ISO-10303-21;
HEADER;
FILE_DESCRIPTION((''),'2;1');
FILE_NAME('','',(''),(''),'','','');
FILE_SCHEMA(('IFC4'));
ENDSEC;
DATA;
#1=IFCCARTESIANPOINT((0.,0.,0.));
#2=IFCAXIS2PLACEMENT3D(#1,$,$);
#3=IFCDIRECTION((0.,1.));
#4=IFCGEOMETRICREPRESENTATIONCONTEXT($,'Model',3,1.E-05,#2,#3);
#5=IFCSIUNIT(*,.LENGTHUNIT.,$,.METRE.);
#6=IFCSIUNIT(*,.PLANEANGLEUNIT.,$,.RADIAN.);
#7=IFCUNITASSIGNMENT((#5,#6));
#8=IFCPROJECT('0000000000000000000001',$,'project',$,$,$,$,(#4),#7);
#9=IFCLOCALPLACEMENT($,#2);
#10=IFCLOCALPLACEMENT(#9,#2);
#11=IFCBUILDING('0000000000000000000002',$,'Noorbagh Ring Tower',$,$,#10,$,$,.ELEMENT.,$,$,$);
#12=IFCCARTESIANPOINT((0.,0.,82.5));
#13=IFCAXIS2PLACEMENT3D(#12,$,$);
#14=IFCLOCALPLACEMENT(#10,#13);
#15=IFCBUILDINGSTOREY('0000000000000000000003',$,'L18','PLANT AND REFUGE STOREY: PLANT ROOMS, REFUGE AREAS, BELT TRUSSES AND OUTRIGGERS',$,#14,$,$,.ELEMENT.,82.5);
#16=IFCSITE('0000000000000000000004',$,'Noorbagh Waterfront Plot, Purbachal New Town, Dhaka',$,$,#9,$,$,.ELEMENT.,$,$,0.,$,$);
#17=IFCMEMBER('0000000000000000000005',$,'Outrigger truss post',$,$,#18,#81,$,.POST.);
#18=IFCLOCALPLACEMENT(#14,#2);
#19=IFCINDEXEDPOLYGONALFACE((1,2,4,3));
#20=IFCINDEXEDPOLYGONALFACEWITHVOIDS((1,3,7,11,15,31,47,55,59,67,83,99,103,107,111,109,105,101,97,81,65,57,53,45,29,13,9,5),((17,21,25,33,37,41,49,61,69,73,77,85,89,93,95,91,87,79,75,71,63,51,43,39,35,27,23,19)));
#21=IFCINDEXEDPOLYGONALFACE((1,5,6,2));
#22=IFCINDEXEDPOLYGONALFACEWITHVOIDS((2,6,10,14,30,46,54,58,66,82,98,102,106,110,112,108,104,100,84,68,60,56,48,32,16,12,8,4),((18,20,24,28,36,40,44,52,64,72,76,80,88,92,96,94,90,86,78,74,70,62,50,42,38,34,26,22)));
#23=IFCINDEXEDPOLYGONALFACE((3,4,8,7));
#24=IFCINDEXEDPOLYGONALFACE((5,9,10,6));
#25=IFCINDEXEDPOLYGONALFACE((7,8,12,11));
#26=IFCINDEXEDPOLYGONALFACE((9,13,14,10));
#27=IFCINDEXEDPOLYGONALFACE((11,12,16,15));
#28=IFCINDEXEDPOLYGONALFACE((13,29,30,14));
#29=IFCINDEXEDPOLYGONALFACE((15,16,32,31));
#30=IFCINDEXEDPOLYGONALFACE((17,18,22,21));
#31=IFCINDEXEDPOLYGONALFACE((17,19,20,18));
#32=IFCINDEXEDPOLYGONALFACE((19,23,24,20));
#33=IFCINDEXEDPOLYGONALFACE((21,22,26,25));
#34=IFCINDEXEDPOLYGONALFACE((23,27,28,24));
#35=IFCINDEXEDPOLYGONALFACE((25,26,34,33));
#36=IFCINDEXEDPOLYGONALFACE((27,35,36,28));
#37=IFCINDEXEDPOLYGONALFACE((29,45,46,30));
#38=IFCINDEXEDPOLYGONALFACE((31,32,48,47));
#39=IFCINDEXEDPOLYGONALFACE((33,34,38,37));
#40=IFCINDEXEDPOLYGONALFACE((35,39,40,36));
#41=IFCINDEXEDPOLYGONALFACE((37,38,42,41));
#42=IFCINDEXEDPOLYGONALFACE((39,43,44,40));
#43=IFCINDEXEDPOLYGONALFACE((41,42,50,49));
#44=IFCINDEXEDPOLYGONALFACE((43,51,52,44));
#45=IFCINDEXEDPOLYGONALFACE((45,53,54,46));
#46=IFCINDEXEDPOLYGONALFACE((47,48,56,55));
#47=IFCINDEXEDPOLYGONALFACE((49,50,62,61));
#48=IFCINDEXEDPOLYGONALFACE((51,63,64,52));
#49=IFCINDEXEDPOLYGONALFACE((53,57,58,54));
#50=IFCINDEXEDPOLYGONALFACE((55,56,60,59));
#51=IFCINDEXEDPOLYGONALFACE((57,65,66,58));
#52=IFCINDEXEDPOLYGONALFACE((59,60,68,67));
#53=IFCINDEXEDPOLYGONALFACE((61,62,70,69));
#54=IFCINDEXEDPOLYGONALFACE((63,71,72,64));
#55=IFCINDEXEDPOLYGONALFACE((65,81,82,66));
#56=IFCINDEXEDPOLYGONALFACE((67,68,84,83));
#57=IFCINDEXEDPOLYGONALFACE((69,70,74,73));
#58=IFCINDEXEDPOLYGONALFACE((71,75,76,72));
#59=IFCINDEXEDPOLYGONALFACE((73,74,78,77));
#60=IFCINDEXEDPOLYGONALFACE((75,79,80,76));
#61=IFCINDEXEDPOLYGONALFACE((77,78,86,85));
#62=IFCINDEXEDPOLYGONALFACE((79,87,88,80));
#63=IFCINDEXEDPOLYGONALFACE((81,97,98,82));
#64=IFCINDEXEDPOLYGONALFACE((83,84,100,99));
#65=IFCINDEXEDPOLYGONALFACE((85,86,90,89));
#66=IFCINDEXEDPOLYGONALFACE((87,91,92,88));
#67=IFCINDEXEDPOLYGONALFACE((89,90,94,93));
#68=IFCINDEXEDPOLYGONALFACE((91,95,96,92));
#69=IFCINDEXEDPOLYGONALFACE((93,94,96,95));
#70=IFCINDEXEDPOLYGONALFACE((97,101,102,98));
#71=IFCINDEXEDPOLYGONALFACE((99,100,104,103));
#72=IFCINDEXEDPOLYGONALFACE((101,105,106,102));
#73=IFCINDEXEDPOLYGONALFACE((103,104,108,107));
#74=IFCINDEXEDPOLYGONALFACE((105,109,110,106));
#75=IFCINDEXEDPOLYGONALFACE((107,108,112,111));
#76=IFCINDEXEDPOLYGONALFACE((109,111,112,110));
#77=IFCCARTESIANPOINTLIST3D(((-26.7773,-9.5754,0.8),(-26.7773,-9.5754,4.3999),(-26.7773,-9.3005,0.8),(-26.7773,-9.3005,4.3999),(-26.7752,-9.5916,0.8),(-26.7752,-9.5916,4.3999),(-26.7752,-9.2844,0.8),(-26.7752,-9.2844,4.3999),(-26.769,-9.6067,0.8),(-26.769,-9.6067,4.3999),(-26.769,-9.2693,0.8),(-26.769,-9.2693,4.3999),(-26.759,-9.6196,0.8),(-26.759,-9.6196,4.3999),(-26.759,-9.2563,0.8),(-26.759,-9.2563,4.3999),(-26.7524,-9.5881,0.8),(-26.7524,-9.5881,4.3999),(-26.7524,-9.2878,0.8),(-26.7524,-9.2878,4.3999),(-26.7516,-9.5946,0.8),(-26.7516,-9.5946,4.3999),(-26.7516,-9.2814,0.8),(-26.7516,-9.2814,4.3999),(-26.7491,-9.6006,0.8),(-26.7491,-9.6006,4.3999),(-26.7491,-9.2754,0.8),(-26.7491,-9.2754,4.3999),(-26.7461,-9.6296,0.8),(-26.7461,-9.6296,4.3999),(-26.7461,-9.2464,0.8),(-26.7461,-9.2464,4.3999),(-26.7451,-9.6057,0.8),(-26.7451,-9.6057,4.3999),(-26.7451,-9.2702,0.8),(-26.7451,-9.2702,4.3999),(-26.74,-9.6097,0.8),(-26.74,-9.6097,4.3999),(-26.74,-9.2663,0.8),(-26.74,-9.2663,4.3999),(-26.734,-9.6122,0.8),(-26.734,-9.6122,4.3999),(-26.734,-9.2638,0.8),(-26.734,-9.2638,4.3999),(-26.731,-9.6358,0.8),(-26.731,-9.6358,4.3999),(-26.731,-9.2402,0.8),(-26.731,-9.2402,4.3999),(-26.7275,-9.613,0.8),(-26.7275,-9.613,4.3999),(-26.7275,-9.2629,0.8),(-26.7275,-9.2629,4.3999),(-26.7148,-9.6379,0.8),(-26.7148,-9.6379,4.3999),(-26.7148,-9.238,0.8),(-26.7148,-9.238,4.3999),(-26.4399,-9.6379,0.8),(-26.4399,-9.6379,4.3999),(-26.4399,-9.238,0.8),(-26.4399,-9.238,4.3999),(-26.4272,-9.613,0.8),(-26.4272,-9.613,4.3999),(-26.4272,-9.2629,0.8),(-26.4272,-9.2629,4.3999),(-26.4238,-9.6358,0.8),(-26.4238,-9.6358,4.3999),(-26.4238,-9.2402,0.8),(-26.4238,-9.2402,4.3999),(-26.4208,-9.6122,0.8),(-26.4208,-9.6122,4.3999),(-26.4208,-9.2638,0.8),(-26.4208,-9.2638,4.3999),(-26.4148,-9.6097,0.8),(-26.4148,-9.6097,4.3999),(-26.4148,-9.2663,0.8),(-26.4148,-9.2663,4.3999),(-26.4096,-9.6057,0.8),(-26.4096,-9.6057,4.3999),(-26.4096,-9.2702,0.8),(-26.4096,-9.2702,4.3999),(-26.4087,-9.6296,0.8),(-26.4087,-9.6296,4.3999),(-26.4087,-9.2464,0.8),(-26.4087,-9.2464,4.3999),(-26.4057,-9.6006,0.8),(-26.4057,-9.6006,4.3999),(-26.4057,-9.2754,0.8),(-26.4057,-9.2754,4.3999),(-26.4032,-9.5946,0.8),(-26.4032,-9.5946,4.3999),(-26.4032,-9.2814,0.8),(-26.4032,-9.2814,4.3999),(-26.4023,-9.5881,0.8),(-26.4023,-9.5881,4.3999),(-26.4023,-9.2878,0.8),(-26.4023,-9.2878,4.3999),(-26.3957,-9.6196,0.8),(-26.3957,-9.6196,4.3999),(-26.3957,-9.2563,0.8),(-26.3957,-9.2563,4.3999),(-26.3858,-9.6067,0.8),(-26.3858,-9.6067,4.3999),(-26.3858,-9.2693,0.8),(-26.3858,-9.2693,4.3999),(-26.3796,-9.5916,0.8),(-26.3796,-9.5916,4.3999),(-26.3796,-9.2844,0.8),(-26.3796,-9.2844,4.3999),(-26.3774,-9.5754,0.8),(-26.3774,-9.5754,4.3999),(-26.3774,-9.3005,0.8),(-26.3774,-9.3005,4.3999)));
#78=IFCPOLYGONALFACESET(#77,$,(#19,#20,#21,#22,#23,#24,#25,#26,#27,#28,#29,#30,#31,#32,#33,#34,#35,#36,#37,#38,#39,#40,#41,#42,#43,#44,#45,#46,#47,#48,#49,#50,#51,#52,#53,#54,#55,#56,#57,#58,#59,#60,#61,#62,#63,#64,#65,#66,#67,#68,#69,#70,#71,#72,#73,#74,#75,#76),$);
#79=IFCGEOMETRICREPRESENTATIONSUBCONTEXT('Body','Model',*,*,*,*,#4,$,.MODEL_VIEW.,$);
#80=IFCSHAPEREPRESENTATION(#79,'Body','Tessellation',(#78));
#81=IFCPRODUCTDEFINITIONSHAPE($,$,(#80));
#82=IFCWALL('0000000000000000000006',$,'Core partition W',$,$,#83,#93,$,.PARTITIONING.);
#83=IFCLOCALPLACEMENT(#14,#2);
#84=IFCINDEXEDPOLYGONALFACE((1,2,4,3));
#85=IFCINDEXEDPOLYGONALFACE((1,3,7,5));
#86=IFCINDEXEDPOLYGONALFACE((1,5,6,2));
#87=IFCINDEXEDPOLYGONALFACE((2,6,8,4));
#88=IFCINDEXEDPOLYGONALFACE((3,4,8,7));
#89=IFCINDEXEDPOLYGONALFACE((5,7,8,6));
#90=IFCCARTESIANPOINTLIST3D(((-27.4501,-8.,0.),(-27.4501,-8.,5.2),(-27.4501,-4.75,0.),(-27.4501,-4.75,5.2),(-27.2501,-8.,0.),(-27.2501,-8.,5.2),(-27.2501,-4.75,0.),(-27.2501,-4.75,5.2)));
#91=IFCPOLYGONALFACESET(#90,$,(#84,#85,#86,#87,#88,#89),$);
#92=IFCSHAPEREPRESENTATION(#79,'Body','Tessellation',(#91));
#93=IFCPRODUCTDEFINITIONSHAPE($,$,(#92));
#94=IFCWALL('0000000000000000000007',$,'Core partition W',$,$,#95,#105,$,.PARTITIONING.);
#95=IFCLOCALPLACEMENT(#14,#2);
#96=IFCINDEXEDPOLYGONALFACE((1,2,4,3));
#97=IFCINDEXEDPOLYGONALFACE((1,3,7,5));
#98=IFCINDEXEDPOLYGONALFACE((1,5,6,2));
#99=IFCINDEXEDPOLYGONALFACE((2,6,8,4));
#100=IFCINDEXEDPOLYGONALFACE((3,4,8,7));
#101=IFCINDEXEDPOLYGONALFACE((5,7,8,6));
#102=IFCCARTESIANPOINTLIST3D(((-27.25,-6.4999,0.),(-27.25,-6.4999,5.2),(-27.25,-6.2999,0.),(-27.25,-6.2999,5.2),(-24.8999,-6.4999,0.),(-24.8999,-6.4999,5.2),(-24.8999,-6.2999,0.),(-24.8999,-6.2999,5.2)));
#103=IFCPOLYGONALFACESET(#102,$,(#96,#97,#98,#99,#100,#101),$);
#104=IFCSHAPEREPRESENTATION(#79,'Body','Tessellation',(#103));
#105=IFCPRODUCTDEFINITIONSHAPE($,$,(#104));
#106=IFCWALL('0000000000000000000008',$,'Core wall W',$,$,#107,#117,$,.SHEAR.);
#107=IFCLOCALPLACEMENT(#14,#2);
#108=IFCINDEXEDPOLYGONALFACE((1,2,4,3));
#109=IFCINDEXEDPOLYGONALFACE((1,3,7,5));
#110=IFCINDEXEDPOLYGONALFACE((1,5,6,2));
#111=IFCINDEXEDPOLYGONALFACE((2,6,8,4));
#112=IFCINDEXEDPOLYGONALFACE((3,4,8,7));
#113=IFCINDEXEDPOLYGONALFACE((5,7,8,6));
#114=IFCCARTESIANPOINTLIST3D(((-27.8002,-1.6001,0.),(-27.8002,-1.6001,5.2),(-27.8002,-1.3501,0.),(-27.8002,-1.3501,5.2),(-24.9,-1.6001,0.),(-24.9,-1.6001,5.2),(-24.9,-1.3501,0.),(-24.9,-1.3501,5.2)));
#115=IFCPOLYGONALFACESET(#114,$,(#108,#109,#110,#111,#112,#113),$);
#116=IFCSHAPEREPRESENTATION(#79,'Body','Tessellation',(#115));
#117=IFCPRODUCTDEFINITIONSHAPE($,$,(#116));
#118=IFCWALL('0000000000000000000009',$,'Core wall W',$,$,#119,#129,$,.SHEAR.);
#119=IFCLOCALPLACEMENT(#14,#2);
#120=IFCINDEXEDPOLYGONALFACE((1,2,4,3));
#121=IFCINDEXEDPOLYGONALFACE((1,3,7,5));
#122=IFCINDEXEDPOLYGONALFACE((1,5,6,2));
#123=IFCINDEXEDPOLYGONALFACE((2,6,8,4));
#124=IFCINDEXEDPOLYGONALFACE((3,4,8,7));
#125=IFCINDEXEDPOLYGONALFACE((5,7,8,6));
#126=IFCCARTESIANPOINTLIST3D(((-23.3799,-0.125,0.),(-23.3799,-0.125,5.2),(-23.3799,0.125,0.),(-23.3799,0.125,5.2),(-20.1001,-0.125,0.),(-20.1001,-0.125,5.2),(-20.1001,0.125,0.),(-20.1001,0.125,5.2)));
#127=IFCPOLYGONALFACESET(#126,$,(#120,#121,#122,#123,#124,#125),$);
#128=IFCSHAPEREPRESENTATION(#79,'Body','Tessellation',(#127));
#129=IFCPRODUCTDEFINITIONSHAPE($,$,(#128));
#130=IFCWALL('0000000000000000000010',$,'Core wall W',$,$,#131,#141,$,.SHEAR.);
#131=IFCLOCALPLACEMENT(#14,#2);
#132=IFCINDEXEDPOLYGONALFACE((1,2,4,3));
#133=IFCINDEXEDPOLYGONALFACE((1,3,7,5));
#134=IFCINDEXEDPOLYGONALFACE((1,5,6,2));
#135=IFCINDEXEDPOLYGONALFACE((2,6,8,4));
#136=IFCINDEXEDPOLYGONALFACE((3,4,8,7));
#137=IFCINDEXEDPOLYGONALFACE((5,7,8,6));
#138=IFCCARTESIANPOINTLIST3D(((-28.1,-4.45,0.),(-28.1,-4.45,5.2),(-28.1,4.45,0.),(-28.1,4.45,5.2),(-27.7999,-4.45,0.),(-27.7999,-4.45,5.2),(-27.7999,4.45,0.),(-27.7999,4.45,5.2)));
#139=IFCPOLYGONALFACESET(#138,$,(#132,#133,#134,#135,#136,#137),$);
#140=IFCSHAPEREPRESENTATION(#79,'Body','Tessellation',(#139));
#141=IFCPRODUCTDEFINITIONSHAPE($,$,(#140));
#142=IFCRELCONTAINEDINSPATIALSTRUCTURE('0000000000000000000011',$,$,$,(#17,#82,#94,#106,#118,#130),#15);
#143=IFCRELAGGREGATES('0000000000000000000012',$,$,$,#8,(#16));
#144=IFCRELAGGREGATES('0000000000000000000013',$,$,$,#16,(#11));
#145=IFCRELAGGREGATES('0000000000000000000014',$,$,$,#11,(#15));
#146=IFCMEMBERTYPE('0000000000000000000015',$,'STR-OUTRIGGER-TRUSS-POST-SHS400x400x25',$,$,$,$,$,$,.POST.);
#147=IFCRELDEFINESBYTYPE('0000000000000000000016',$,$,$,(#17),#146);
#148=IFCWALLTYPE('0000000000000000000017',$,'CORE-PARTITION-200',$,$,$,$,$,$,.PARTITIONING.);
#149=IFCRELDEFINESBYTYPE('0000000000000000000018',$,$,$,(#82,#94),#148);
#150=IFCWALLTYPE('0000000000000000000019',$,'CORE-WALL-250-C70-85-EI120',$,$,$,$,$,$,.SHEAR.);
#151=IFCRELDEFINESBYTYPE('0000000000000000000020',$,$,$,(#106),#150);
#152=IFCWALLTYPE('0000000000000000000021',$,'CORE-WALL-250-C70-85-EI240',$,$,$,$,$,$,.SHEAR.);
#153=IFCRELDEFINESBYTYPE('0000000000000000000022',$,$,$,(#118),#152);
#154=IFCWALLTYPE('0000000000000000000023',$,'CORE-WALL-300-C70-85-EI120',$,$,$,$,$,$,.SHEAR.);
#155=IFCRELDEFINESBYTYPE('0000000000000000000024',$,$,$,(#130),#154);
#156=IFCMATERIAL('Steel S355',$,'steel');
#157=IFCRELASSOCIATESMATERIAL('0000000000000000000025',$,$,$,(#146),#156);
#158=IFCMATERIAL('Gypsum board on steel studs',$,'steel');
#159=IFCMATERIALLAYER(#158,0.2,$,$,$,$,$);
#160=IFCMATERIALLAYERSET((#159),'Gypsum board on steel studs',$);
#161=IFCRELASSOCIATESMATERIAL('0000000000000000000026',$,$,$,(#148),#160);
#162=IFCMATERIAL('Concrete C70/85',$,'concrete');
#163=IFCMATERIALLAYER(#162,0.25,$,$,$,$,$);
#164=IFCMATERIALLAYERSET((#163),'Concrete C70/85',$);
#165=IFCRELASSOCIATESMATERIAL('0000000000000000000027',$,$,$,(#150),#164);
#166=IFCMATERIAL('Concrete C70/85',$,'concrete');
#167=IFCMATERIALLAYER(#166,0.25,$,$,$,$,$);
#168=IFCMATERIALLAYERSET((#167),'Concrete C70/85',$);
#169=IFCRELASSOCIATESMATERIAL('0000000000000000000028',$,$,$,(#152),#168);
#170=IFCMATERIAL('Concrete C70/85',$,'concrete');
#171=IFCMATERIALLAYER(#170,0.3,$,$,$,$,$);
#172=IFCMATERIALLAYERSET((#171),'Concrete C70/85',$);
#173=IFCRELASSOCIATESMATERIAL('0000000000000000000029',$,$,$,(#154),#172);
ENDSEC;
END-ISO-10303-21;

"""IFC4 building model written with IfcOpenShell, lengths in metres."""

from ifc_helpers import new_model, si_unit, direction, frame, frame_2d, origin, origin_2d, place, context, subcontext, project, spatial, rectangle, hollow_rectangle, extrude, material, layer, layer_set, material_profile, profile_set, type_object, element, save


model = new_model("IFC4")

# Units and contexts
model_context = context("Model", 3, precision=1e-05, world=origin(), true_north=direction((0.0, 1.0)))
body_context = subcontext(model_context, "Body", "Model", "MODEL_VIEW")
ifc_project = project(units=[si_unit("LENGTHUNIT", "METRE"), si_unit("PLANEANGLEUNIT", "RADIAN")], contexts=[model_context])

# Site, building, storey
site_placement = place(None, origin())
site = spatial("IfcSite", under=ifc_project, at=site_placement, Name="Noorbagh Waterfront Plot, Purbachal New Town, Dhaka", CompositionType="ELEMENT", RefElevation=0.0)
building_placement = place(site_placement, origin())
building = spatial("IfcBuilding", under=site, at=building_placement, Name="Noorbagh Ring Tower", CompositionType="ELEMENT")
storey_placement = place(building_placement, frame((0.0, 0.0, 82.5)))
storey = spatial("IfcBuildingStorey", under=building, at=storey_placement, Name="L18", Description="PLANT AND REFUGE STOREY: PLANT ROOMS, REFUGE AREAS, BELT TRUSSES AND OUTRIGGERS", CompositionType="ELEMENT", Elevation=82.5)

# Member
ifc_material_1 = material(Name="Steel S355", Category="steel")
ifc_material_profile_1 = material_profile(ifc_material_1, hollow_rectangle(XDim=0.3999, YDim=0.3999, WallThickness=0.0249, InnerFilletRadius=0.0249, OuterFilletRadius=0.0625, at=origin_2d()), Name="SHS400x400x25")
ifc_profile_set_1 = profile_set([ifc_material_profile_1], Name="Steel S355")
member_type_1 = type_object("IfcMemberType", Name="STR-OUTRIGGER-TRUSS-POST-SHS400x400x25", PredefinedType="POST", material=ifc_profile_set_1)
member_1_placement = place(storey_placement, frame((-26.5774, -9.438, 0.8), z_axis=(0.0, 0.0, 1.0), x_axis=(1.0, 0.0, 0.0)))
element("IfcMember", 1, at=member_1_placement, inside=storey, type_object=member_type_1, Name="Outrigger truss post", PredefinedType="POST", context=body_context, shape_type="SweptSolid", body=[
    extrude(hollow_rectangle(XDim=0.3999, YDim=0.3999, WallThickness=0.0249, InnerFilletRadius=0.0249, OuterFilletRadius=0.0625, at=origin_2d()), origin(), (0.0, 0.0, 1.0), 3.5999),
])

# Walls
ifc_material_2 = material(Name="Gypsum board on steel studs", Category="steel")
ifc_layer_1 = layer(ifc_material_2, 0.2)
ifc_layer_set_1 = layer_set([ifc_layer_1], Name="Gypsum board on steel studs")
wall_type_1 = type_object("IfcWallType", Name="CORE-PARTITION-200", PredefinedType="PARTITIONING", material=ifc_layer_set_1)
wall_1_placement = place(storey_placement, frame((-27.3501, -8.0, 0.0), z_axis=(0.0, 0.0, 1.0), x_axis=(0.0, 1.0, 0.0)))
element("IfcWall", 2, at=wall_1_placement, inside=storey, type_object=wall_type_1, Name="Core partition W", PredefinedType="PARTITIONING", context=body_context, shape_type="SweptSolid", body=[
    extrude(rectangle(XDim=3.25, YDim=0.2, at=frame_2d((1.625, 0.0))), origin(), (0.0, 0.0, 1.0), 5.2),
])
wall_2_placement = place(storey_placement, frame((-24.8999, -6.3999, 0.0), z_axis=(0.0, 0.0, 1.0), x_axis=(-1.0, 0.0, 0.0)))
element("IfcWall", 3, at=wall_2_placement, inside=storey, type_object=wall_type_1, Name="Core partition W", PredefinedType="PARTITIONING", context=body_context, shape_type="SweptSolid", body=[
    extrude(rectangle(XDim=2.3501, YDim=0.2, at=frame_2d((1.175, 0.0))), origin(), (0.0, 0.0, 1.0), 5.2),
])
ifc_material_3 = material(Name="Concrete C70/85", Category="concrete")
ifc_layer_2 = layer(ifc_material_3, 0.25)
ifc_layer_set_2 = layer_set([ifc_layer_2], Name="Concrete C70/85")
wall_type_2 = type_object("IfcWallType", Name="CORE-WALL-250-C70-85-EI120", PredefinedType="SHEAR", material=ifc_layer_set_2)
wall_3_placement = place(storey_placement, frame((-24.8999, -1.4751, 0.0), z_axis=(0.0, 0.0, 1.0), x_axis=(-1.0, 0.0, 0.0)))
element("IfcWall", 4, at=wall_3_placement, inside=storey, type_object=wall_type_2, Name="Core wall W", PredefinedType="SHEAR", context=body_context, shape_type="SweptSolid", body=[
    extrude(rectangle(XDim=2.9001, YDim=0.25, at=frame_2d((1.4502, 0.0))), origin(), (0.0, 0.0, 1.0), 5.2),
])
ifc_material_4 = material(Name="Concrete C70/85", Category="concrete")
ifc_layer_3 = layer(ifc_material_4, 0.25)
ifc_layer_set_3 = layer_set([ifc_layer_3], Name="Concrete C70/85")
wall_type_3 = type_object("IfcWallType", Name="CORE-WALL-250-C70-85-EI240", PredefinedType="SHEAR", material=ifc_layer_set_3)
wall_4_placement = place(storey_placement, frame((-20.1001, 0.0, 0.0), z_axis=(0.0, 0.0, 1.0), x_axis=(-1.0, 0.0, 0.0)))
element("IfcWall", 5, at=wall_4_placement, inside=storey, type_object=wall_type_3, Name="Core wall W", PredefinedType="SHEAR", context=body_context, shape_type="SweptSolid", body=[
    extrude(rectangle(XDim=3.2798, YDim=0.25, at=frame_2d((1.6399, 0.0))), origin(), (0.0, 0.0, 1.0), 5.2),
])
ifc_material_5 = material(Name="Concrete C70/85", Category="concrete")
ifc_layer_4 = layer(ifc_material_5, 0.3)
ifc_layer_set_4 = layer_set([ifc_layer_4], Name="Concrete C70/85")
wall_type_4 = type_object("IfcWallType", Name="CORE-WALL-300-C70-85-EI120", PredefinedType="SHEAR", material=ifc_layer_set_4)
wall_5_placement = place(storey_placement, frame((-27.95, -4.45, 0.0), z_axis=(0.0, 0.0, 1.0), x_axis=(0.0, 1.0, 0.0)))
element("IfcWall", 6, at=wall_5_placement, inside=storey, type_object=wall_type_4, Name="Core wall W", PredefinedType="SHEAR", context=body_context, shape_type="SweptSolid", body=[
    extrude(rectangle(XDim=8.8999, YDim=0.3, at=frame_2d((4.45, 0.0))), origin(), (0.0, 0.0, 1.0), 5.2),
])

save(model, "model.ifc")
